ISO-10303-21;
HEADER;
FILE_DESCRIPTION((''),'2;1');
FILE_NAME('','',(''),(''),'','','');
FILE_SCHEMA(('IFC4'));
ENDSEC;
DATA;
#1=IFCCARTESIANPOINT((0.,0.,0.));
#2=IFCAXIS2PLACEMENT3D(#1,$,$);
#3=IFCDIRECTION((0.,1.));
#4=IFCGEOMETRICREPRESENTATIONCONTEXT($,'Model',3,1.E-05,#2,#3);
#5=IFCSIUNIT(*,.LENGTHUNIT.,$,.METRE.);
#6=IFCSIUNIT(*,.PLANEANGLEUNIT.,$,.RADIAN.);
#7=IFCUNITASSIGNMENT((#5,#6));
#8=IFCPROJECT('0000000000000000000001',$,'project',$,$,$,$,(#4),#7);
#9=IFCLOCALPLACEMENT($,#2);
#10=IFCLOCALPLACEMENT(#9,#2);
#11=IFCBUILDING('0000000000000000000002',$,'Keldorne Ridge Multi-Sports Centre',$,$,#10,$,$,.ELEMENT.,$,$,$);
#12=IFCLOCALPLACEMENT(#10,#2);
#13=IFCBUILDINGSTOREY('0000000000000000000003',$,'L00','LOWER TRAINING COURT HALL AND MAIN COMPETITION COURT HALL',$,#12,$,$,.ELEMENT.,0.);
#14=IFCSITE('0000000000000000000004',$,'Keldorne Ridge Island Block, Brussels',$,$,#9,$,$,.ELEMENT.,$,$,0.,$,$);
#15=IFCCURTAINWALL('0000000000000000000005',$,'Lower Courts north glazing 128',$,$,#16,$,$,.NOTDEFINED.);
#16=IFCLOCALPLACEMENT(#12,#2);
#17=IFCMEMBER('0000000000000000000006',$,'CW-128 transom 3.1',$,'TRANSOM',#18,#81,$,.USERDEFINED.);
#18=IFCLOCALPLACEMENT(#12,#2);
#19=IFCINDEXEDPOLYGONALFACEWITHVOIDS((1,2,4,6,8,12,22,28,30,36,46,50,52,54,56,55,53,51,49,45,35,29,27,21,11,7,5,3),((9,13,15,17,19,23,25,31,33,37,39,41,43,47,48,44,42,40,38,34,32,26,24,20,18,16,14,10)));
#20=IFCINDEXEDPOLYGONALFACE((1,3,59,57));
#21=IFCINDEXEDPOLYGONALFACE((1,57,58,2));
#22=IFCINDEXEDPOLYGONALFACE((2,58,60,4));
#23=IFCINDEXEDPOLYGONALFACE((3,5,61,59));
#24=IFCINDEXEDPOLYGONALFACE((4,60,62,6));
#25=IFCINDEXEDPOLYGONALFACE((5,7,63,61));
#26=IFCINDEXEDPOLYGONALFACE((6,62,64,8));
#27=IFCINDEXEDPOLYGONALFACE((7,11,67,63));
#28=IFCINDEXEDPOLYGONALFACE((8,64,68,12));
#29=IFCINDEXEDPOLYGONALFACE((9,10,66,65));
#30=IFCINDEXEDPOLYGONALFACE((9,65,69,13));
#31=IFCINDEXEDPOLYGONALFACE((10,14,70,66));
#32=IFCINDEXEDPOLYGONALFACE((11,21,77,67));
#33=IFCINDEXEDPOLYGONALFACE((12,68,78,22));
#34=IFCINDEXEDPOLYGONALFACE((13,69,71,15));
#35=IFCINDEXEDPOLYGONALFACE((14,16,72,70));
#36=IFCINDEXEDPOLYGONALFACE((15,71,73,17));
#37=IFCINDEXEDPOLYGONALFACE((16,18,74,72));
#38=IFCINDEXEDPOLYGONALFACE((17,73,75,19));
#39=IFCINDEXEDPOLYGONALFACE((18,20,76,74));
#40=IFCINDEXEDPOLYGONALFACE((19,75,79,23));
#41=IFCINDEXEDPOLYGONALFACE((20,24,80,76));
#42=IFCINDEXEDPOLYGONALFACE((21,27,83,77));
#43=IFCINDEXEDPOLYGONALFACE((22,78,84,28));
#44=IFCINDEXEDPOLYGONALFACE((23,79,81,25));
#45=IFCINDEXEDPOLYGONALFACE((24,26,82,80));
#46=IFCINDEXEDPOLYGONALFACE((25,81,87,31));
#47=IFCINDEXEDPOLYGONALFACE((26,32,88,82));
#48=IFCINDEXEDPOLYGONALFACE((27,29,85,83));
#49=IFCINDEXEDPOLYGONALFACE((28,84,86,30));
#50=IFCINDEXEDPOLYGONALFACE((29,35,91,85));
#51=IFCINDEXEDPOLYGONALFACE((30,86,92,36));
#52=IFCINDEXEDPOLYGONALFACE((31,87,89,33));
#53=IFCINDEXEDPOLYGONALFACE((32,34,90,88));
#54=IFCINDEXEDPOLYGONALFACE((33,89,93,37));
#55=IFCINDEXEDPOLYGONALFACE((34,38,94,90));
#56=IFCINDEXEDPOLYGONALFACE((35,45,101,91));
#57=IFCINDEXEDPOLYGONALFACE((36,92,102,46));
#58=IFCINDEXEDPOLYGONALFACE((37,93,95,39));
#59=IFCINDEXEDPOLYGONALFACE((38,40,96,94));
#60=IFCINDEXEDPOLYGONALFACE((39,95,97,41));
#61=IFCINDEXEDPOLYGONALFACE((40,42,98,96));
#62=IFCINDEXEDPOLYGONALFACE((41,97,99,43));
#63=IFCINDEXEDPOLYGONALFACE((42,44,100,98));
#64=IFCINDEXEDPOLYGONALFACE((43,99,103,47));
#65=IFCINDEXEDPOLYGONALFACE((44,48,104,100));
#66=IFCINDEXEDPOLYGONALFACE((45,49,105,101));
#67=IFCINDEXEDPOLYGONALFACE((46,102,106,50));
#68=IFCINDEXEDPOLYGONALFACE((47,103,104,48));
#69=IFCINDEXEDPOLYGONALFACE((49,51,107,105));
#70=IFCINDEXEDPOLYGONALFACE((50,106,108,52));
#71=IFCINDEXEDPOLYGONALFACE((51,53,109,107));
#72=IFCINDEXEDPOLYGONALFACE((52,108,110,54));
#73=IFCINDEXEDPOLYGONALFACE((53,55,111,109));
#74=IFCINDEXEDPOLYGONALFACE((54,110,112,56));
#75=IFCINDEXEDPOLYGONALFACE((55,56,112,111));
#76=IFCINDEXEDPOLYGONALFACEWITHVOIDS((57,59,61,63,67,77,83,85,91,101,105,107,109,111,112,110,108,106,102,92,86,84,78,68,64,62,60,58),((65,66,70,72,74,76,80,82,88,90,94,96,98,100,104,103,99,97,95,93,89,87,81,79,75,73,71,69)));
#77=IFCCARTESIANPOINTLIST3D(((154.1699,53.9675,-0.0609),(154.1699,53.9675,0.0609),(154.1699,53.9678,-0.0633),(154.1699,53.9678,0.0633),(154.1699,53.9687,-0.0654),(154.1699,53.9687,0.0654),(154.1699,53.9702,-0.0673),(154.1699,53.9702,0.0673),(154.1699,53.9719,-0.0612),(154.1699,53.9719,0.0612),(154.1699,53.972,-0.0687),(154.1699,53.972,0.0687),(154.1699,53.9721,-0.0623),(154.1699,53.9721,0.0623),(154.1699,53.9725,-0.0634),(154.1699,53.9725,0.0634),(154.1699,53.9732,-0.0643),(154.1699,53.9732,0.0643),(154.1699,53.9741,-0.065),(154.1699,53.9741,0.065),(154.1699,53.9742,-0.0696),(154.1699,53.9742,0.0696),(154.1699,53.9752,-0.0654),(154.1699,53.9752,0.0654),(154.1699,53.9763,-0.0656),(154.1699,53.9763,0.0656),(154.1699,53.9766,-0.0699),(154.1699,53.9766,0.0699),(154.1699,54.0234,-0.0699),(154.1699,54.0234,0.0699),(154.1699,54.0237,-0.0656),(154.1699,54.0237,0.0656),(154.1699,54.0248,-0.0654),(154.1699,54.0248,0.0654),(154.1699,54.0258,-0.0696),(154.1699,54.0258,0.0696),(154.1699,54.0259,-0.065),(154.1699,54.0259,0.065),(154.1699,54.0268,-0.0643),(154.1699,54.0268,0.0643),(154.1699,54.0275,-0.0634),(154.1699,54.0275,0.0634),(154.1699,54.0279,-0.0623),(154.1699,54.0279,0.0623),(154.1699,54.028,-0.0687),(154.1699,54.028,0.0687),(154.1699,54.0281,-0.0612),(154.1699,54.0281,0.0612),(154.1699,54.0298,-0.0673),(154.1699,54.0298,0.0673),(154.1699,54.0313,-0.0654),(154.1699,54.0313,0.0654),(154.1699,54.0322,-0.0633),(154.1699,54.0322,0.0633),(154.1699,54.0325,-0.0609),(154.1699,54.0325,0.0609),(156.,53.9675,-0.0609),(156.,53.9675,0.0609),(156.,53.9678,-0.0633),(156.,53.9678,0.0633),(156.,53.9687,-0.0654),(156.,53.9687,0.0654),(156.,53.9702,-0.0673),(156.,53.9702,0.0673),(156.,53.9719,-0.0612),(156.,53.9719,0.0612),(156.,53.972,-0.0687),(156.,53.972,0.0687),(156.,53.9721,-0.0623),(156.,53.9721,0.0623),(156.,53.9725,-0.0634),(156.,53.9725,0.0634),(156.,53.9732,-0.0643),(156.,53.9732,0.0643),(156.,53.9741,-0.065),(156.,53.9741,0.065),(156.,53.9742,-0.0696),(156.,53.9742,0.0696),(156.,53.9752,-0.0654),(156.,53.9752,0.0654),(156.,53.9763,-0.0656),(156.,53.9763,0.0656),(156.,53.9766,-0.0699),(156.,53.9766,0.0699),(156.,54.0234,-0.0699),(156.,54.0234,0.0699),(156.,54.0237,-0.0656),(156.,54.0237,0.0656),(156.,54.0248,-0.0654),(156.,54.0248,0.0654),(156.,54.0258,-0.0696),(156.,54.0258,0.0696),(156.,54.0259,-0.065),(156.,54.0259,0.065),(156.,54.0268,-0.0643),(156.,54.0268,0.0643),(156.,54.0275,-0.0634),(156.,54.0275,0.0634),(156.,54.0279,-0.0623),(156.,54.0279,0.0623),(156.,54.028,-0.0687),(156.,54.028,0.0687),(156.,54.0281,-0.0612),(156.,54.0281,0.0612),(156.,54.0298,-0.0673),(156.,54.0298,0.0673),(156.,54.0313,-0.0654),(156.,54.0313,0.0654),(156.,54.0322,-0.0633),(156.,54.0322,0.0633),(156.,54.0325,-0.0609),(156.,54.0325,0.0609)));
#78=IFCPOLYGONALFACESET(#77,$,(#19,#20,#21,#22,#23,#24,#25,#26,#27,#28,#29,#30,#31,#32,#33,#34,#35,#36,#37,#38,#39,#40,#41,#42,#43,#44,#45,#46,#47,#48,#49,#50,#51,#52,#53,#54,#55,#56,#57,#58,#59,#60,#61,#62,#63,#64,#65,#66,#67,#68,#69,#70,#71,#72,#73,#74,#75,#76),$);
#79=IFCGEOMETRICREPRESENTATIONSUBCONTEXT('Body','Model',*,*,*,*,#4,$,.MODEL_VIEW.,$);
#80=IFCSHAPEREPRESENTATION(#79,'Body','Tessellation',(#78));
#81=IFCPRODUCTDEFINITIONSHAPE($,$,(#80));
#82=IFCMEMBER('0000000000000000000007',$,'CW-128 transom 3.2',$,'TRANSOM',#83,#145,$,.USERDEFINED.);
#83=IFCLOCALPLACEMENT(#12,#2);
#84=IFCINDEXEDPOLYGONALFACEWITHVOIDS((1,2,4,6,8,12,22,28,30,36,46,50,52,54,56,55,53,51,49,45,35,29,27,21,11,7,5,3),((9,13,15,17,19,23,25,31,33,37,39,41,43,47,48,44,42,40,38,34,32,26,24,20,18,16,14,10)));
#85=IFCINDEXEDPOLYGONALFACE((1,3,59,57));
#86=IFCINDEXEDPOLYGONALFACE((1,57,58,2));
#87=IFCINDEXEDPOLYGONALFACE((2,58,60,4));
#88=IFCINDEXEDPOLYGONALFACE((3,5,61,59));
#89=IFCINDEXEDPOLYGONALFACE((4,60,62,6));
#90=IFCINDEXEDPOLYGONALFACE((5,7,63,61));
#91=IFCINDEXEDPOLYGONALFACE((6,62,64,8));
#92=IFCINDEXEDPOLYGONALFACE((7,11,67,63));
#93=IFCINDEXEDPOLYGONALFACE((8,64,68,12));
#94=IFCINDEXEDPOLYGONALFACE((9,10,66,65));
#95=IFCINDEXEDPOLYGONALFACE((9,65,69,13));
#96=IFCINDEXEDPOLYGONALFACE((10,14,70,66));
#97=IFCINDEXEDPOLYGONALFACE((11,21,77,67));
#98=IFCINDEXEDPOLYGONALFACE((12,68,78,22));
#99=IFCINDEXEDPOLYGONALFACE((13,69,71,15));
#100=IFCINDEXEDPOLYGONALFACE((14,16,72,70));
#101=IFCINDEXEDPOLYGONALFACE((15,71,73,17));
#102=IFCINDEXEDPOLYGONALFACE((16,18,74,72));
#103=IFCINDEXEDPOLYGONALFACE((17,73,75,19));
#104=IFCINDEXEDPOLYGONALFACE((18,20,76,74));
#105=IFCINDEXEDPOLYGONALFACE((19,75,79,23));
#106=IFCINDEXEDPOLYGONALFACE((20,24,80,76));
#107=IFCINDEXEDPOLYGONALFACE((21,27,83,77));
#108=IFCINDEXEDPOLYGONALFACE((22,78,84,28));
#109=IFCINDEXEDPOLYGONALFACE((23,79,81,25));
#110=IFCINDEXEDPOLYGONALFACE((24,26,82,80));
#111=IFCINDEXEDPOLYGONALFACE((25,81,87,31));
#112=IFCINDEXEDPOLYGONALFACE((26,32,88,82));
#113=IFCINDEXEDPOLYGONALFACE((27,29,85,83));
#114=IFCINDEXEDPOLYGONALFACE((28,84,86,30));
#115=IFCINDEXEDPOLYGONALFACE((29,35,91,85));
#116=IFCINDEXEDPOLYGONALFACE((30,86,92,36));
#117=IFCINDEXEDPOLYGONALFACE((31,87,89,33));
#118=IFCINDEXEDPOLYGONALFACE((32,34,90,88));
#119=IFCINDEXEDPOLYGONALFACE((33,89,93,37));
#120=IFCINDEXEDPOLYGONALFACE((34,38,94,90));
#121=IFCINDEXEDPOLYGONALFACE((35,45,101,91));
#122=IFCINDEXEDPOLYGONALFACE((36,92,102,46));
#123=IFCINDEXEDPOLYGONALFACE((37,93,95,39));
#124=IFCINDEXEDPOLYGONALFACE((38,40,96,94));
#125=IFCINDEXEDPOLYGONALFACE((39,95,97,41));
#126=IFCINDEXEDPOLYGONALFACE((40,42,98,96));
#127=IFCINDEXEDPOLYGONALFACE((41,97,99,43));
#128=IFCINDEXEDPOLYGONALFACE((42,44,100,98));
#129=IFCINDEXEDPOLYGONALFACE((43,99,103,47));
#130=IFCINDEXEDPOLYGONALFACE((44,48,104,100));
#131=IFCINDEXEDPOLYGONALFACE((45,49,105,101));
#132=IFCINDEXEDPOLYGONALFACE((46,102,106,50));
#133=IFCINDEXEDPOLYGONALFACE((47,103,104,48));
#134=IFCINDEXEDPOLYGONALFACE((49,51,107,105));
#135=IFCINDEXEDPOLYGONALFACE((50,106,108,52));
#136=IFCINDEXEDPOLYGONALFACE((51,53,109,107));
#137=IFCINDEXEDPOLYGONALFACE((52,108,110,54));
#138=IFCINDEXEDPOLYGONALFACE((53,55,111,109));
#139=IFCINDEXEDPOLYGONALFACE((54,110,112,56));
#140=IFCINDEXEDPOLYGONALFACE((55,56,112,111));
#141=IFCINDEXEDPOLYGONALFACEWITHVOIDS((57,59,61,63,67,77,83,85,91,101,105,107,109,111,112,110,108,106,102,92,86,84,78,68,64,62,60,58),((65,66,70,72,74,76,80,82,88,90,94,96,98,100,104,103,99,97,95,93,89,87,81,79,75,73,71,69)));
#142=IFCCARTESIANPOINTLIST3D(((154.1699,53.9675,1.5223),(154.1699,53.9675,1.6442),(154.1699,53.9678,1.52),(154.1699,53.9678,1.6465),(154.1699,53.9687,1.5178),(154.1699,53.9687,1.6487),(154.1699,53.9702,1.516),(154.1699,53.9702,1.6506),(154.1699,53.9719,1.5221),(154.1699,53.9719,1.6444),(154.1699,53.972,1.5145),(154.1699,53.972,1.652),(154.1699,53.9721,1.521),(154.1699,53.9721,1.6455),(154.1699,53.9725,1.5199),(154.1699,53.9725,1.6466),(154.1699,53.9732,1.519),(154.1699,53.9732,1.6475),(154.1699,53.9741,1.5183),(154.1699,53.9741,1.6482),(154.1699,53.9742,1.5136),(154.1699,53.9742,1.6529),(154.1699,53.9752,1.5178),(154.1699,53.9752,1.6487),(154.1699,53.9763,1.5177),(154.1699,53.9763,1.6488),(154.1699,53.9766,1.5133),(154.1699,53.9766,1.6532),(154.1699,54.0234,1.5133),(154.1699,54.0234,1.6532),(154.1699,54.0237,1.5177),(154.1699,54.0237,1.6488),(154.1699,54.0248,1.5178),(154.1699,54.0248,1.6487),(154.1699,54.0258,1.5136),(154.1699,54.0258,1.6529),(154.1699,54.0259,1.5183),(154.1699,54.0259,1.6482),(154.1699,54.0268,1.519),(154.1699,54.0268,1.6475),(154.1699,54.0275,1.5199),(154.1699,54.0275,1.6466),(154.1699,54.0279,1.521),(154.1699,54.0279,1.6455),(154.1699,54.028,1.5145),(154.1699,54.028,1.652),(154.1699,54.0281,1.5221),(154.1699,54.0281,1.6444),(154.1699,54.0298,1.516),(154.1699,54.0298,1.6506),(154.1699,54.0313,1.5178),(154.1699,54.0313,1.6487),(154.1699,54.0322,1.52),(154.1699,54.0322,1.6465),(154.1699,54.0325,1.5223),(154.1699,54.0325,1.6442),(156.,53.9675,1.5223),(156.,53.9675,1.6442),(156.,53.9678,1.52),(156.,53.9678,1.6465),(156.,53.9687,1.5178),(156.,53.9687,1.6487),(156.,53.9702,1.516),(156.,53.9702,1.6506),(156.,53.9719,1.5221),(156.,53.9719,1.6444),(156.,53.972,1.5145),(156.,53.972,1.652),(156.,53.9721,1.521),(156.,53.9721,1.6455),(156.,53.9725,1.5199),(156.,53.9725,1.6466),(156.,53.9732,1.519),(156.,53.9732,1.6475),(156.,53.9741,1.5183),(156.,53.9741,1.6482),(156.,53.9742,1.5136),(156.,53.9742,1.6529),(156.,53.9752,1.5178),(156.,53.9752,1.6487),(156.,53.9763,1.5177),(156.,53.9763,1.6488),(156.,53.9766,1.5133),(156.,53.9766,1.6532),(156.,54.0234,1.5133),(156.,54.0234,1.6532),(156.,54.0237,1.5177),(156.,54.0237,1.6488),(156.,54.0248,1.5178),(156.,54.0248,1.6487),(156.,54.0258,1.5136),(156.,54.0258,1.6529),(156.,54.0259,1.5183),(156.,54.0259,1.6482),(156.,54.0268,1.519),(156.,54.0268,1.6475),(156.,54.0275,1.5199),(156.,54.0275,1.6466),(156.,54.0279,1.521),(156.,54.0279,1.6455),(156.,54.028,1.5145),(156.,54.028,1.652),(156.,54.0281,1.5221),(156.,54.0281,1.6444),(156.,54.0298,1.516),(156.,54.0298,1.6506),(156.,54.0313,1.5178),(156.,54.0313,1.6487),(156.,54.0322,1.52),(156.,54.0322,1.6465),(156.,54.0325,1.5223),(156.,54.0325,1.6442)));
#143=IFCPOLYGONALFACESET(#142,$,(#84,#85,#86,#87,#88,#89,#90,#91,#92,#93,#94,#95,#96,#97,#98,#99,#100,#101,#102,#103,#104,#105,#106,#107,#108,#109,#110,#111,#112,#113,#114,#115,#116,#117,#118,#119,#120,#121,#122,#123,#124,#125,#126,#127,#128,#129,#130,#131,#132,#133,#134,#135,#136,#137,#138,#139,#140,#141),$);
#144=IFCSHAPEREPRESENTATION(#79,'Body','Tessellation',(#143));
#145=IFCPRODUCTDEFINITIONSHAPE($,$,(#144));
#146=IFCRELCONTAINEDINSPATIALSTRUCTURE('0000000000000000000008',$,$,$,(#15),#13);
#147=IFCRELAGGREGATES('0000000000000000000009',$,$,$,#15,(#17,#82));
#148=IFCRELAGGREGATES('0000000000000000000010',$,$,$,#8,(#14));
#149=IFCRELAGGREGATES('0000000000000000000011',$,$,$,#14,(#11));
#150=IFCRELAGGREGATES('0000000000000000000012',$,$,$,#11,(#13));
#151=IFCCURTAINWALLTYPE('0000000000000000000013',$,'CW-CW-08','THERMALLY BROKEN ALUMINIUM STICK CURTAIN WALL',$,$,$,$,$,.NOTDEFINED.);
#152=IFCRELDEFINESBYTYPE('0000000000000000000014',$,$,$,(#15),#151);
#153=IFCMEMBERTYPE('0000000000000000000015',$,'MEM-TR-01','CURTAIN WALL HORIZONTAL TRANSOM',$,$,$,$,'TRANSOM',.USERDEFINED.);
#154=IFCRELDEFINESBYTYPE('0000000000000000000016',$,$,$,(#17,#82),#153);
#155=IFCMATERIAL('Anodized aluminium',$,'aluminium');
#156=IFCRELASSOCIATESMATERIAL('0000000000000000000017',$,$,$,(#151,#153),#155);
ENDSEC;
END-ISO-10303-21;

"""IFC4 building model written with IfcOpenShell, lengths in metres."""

from ifc_helpers import new_model, si_unit, direction, frame, origin, origin_2d, place, context, subcontext, project, spatial, hollow_rectangle, extrude, material, material_profile, profile_set, type_object, element, aggregate, save


model = new_model("IFC4")

# Units and contexts
model_context = context("Model", 3, precision=1e-05, world=origin(), true_north=direction((0.0, 1.0)))
body_context = subcontext(model_context, "Body", "Model", "MODEL_VIEW")
ifc_project = project(units=[si_unit("LENGTHUNIT", "METRE"), si_unit("PLANEANGLEUNIT", "RADIAN")], contexts=[model_context])

# Site, building, storey
site_placement = place(None, origin())
site = spatial("IfcSite", under=ifc_project, at=site_placement, Name="Keldorne Ridge Island Block, Brussels", CompositionType="ELEMENT", RefElevation=0.0)
building_placement = place(site_placement, origin())
building = spatial("IfcBuilding", under=site, at=building_placement, Name="Keldorne Ridge Multi-Sports Centre", CompositionType="ELEMENT")
storey_placement = place(building_placement, origin())
storey = spatial("IfcBuildingStorey", under=building, at=storey_placement, Name="L00", Description="LOWER TRAINING COURT HALL AND MAIN COMPETITION COURT HALL", CompositionType="ELEMENT", Elevation=0.0)

# Curtain wall
ifc_material_1 = material(Name="Anodized aluminium", Category="aluminium")
curtain_wall_type_1 = type_object("IfcCurtainWallType", Name="CW-CW-08", Description="THERMALLY BROKEN ALUMINIUM STICK CURTAIN WALL", PredefinedType="NOTDEFINED", material=ifc_material_1)
curtain_wall_1_placement = place(storey_placement, origin())
curtain_wall_1 = element("IfcCurtainWall", 1, at=curtain_wall_1_placement, inside=storey, type_object=curtain_wall_type_1, Name="Lower Courts north glazing 128", PredefinedType="NOTDEFINED")

# Members
ifc_material_profile_1 = material_profile(ifc_material_1, hollow_rectangle(XDim=0.0649, YDim=0.1399, WallThickness=0.0044, InnerFilletRadius=0.0044, OuterFilletRadius=0.009, at=origin_2d()), Name="ALU TRANSOM 140x65x4.5")
ifc_profile_set_1 = profile_set([ifc_material_profile_1], Name="Anodized aluminium")
member_type_1 = type_object("IfcMemberType", Name="MEM-TR-01", Description="CURTAIN WALL HORIZONTAL TRANSOM", ElementType="TRANSOM", PredefinedType="USERDEFINED", material=ifc_profile_set_1)
member_1_placement = place(storey_placement, frame((156.0, 54.0, 0.0), z_axis=(-1.0, 0.0, 0.0), x_axis=(0.0, -1.0, 0.0)))
member_1 = element("IfcMember", 2, at=member_1_placement, type_object=member_type_1, Name="CW-128 transom 3.1", ObjectType="TRANSOM", PredefinedType="USERDEFINED", context=body_context, shape_type="SweptSolid", body=[
    extrude(hollow_rectangle(XDim=0.0649, YDim=0.1399, WallThickness=0.0044, InnerFilletRadius=0.0044, OuterFilletRadius=0.009, at=origin_2d()), origin(), (0.0, 0.0, 1.0), 1.8301),
])
member_2_placement = place(storey_placement, frame((156.0, 54.0, 1.5833), z_axis=(-1.0, 0.0, 0.0), x_axis=(0.0, -1.0, 0.0)))
member_2 = element("IfcMember", 3, at=member_2_placement, type_object=member_type_1, Name="CW-128 transom 3.2", ObjectType="TRANSOM", PredefinedType="USERDEFINED", context=body_context, shape_type="SweptSolid", body=[
    extrude(hollow_rectangle(XDim=0.0649, YDim=0.1399, WallThickness=0.0044, InnerFilletRadius=0.0044, OuterFilletRadius=0.009, at=origin_2d()), origin(), (0.0, 0.0, 1.0), 1.8301),
])

aggregate(curtain_wall_1, [member_1, member_2])

save(model, "model.ifc")
